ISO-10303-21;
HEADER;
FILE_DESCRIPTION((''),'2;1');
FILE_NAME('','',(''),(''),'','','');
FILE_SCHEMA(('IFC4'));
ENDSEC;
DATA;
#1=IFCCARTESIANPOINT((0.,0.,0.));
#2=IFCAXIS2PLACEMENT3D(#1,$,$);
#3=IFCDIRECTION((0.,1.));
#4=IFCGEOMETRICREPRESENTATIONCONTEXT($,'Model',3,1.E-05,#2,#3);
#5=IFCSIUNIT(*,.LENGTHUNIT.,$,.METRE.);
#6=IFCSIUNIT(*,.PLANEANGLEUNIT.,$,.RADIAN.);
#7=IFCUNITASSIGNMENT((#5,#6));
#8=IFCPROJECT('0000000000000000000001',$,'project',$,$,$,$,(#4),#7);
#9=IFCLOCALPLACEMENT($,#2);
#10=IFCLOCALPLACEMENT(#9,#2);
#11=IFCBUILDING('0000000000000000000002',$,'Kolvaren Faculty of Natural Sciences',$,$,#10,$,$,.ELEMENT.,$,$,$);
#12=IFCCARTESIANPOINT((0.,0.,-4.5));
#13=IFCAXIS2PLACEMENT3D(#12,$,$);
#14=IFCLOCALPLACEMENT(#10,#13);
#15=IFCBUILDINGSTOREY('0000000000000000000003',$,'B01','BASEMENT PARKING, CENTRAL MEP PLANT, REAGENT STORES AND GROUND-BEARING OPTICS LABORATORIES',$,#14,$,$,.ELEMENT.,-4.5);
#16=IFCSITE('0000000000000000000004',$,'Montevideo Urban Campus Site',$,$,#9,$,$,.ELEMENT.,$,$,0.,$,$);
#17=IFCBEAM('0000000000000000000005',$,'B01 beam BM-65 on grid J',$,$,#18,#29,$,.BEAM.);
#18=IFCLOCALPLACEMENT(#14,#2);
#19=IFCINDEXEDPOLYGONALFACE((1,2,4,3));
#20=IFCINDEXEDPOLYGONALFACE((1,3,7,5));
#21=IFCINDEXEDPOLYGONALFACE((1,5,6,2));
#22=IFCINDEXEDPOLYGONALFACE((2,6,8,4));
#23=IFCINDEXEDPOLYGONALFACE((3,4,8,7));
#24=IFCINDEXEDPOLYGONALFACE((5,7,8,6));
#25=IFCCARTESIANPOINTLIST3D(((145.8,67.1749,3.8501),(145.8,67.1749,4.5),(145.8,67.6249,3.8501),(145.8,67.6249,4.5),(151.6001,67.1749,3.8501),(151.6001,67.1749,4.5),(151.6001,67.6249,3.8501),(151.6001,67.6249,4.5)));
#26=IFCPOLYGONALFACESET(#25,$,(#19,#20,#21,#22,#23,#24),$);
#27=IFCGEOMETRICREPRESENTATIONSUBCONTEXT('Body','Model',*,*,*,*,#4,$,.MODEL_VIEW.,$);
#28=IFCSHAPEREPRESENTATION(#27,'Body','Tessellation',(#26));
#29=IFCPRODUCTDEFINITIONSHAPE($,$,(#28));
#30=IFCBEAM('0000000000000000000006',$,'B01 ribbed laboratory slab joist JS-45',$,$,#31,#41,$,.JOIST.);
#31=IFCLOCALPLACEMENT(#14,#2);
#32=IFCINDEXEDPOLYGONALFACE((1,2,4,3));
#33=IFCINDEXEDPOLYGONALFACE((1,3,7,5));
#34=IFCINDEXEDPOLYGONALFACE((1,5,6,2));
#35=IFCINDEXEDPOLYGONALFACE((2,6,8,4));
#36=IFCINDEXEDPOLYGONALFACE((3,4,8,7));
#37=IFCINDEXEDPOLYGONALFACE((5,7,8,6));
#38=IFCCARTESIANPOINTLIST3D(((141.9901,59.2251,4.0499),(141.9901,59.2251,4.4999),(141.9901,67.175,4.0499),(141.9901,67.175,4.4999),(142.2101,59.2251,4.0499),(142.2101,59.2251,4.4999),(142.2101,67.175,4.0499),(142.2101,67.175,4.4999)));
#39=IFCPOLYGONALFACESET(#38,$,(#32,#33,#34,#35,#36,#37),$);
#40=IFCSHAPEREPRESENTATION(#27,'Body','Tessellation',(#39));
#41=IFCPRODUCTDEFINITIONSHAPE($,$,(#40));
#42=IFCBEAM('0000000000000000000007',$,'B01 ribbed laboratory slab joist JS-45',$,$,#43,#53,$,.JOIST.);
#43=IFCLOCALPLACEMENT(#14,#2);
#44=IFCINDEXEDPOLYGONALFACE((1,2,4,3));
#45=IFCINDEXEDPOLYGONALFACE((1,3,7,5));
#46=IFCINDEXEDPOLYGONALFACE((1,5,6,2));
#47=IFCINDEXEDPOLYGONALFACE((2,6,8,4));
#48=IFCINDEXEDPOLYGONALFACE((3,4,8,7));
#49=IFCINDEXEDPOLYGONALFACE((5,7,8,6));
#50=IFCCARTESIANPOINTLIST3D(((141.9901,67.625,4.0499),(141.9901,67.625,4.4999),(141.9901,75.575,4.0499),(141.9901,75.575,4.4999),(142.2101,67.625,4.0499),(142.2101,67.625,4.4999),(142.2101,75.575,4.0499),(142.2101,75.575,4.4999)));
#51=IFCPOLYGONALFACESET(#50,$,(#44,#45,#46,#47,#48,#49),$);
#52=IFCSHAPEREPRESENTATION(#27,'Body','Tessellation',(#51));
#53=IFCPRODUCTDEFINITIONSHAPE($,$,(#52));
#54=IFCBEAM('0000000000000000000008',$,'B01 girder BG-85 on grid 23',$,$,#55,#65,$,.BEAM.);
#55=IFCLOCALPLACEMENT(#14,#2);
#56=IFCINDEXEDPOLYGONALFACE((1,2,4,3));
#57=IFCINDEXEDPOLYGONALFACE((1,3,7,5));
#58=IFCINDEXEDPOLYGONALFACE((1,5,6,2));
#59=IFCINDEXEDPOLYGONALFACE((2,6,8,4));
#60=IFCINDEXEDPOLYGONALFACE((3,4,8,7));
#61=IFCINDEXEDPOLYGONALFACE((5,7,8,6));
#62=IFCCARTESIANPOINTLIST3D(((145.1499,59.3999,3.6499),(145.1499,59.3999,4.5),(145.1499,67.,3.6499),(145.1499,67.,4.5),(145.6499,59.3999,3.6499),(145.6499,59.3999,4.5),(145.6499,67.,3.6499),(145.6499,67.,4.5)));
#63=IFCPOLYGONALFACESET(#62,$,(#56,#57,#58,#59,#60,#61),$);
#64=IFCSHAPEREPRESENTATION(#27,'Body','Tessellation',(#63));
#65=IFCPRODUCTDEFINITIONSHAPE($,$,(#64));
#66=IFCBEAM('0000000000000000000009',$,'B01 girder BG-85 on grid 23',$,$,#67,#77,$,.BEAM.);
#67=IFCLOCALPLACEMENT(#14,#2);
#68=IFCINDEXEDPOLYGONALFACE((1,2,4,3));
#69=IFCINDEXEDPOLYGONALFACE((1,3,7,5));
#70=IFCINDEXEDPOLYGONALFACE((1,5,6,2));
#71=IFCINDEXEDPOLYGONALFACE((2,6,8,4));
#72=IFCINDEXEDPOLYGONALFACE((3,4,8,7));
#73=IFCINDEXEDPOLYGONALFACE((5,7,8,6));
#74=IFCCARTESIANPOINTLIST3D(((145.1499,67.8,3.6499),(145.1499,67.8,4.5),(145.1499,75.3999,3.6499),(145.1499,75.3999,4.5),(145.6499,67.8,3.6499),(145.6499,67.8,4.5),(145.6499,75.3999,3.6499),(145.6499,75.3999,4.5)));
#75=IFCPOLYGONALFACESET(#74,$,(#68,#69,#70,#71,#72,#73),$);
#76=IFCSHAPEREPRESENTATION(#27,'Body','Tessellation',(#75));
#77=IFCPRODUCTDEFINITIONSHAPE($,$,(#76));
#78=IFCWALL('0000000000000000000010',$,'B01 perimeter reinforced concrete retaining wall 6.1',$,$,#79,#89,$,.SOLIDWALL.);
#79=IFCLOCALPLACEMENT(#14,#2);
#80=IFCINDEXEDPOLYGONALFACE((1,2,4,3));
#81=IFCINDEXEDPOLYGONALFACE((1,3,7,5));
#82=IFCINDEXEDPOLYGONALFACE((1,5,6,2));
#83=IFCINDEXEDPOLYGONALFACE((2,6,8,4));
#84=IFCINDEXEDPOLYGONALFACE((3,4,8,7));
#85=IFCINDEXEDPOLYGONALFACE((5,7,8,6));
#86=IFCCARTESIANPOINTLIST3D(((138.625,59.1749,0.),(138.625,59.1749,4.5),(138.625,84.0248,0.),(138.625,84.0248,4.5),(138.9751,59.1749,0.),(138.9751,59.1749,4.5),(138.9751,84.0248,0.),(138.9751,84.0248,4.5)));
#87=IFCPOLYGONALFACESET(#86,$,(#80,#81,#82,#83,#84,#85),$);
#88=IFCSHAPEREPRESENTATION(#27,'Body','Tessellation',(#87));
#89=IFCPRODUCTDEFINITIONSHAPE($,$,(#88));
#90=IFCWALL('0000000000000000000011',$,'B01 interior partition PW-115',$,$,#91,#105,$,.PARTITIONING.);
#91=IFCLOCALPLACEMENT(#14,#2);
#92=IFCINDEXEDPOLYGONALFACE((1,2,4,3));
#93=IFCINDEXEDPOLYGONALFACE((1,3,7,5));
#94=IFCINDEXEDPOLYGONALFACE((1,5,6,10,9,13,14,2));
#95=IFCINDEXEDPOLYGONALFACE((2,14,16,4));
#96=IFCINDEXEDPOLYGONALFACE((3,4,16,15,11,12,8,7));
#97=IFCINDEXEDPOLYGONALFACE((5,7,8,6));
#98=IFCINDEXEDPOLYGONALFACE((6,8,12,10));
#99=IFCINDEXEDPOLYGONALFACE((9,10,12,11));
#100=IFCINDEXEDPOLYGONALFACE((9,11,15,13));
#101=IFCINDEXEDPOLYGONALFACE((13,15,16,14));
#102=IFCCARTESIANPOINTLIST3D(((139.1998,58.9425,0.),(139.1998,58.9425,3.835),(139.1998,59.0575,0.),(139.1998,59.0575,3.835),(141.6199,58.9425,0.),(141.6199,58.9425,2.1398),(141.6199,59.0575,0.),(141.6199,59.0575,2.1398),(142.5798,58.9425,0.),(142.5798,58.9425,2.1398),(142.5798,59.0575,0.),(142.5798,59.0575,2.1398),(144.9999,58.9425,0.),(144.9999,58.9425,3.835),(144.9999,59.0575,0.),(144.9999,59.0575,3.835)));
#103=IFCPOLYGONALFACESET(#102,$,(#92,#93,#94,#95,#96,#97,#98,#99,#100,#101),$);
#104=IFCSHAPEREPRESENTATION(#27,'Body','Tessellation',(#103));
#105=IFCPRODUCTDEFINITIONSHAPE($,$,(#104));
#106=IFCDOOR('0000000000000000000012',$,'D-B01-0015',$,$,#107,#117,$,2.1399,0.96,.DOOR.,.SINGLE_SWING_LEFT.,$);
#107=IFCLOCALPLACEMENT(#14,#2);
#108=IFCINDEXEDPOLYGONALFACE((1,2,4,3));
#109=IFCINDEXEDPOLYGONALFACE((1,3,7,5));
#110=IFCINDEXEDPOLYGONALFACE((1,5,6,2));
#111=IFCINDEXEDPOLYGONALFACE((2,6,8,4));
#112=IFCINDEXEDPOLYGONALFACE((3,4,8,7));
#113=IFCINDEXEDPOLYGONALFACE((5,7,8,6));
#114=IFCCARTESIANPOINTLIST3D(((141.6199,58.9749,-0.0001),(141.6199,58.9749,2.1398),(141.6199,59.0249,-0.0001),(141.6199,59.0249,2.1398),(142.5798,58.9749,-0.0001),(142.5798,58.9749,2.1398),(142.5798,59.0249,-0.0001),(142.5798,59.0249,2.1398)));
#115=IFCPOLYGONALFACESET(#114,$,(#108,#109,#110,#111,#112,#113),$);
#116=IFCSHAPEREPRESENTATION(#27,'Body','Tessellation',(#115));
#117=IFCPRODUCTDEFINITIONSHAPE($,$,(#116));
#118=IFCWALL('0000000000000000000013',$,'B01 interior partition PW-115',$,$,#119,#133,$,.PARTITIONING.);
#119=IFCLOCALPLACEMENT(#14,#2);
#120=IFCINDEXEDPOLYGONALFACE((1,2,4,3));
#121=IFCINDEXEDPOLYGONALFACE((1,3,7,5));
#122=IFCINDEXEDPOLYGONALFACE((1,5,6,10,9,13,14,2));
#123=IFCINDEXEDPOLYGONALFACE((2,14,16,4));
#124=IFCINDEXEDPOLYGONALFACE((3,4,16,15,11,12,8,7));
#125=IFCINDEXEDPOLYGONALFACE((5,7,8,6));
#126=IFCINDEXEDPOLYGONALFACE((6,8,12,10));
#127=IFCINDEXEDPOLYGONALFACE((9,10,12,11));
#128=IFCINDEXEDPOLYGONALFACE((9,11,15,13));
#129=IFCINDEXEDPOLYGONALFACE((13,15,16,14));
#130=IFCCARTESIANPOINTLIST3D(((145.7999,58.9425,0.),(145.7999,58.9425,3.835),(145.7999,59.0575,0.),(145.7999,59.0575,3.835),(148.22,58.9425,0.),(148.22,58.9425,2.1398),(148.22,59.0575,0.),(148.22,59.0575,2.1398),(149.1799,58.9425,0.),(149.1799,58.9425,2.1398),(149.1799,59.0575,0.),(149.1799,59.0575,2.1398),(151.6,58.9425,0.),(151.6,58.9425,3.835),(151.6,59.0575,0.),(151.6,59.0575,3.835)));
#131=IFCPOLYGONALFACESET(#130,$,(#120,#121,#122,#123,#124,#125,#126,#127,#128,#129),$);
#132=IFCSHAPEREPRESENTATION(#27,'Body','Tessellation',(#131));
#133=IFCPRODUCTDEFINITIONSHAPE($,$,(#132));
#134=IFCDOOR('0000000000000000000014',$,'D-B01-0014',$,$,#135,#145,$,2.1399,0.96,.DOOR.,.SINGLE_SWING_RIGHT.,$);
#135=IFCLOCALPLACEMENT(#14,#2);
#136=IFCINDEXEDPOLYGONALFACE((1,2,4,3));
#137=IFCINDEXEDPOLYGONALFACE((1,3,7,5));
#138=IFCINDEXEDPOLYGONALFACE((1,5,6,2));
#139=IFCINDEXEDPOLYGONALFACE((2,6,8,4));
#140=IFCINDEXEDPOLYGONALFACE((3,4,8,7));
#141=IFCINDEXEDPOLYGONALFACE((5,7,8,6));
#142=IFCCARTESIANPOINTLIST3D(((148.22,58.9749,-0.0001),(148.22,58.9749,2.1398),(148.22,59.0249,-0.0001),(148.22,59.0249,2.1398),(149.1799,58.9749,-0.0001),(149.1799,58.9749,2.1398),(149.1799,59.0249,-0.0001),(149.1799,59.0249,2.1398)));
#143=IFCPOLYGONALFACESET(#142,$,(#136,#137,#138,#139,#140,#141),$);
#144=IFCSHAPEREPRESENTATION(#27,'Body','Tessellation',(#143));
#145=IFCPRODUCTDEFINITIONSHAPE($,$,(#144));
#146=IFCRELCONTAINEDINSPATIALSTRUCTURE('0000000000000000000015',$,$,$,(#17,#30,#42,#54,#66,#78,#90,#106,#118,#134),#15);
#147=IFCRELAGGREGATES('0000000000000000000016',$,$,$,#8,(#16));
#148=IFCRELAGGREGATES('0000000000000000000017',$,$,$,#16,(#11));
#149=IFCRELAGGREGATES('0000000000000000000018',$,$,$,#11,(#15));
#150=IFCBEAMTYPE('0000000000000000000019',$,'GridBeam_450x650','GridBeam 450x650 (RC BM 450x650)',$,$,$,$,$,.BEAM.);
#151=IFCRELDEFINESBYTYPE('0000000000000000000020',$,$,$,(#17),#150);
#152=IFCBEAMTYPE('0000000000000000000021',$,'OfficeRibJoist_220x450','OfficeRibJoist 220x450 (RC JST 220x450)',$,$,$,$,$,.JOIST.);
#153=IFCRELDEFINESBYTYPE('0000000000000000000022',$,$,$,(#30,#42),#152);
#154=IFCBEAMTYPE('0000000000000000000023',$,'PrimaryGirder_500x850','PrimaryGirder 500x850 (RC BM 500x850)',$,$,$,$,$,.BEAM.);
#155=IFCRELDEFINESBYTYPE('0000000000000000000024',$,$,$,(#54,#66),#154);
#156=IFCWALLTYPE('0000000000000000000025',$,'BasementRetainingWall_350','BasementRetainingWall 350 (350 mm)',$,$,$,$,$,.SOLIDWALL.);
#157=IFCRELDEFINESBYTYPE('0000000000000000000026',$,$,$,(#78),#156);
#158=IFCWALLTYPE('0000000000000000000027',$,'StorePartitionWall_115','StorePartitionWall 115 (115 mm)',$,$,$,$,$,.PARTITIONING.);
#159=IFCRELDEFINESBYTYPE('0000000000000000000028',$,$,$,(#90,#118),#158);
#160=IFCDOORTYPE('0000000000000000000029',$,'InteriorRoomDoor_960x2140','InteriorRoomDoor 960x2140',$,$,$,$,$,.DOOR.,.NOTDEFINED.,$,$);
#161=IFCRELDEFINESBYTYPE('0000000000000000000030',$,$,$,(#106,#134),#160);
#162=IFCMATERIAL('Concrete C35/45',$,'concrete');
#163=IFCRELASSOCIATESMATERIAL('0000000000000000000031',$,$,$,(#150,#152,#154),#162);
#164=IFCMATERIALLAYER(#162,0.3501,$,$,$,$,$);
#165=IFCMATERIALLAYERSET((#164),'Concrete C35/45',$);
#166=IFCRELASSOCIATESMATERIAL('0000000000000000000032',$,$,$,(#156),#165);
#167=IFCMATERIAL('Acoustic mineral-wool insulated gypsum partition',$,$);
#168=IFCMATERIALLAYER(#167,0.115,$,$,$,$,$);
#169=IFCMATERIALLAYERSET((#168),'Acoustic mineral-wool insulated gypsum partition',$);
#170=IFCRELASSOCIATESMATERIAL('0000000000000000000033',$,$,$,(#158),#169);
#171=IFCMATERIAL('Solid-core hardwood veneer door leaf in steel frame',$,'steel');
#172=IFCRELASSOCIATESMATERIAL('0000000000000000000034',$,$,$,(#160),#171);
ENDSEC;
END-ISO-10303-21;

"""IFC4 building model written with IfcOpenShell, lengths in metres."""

from ifc_helpers import new_model, si_unit, direction, frame, frame_2d, origin, origin_2d, place, context, subcontext, project, spatial, rectangle, extrude, material, layer, layer_set, material_profile, profile_set, type_object, element, fill, save


model = new_model("IFC4")

# Units and contexts
model_context = context("Model", 3, precision=1e-05, world=origin(), true_north=direction((0.0, 1.0)))
body_context = subcontext(model_context, "Body", "Model", "MODEL_VIEW")
ifc_project = project(units=[si_unit("LENGTHUNIT", "METRE"), si_unit("PLANEANGLEUNIT", "RADIAN")], contexts=[model_context])

# Site, building, storey
site_placement = place(None, origin())
site = spatial("IfcSite", under=ifc_project, at=site_placement, Name="Montevideo Urban Campus Site", CompositionType="ELEMENT", RefElevation=0.0)
building_placement = place(site_placement, origin())
building = spatial("IfcBuilding", under=site, at=building_placement, Name="Kolvaren Faculty of Natural Sciences", CompositionType="ELEMENT")
storey_placement = place(building_placement, frame((0.0, 0.0, -4.5)))
storey = spatial("IfcBuildingStorey", under=building, at=storey_placement, Name="B01", Description="BASEMENT PARKING, CENTRAL MEP PLANT, REAGENT STORES AND GROUND-BEARING OPTICS LABORATORIES", CompositionType="ELEMENT", Elevation=-4.5)

# Shared definitions
ifc_material_1 = material(Name="Concrete C35/45", Category="concrete")

# Beams
ifc_material_profile_1 = material_profile(ifc_material_1, rectangle(XDim=0.45, YDim=0.6499, at=origin_2d()), Name="RC BM 450x650")
ifc_profile_set_1 = profile_set([ifc_material_profile_1], Name="Concrete C35/45")
beam_type_1 = type_object("IfcBeamType", Name="GridBeam_450x650", Description="GridBeam 450x650 (RC BM 450x650)", PredefinedType="BEAM", material=ifc_profile_set_1)
for number, where, z_axis, x_axis, name in (
    (1, (145.8, 67.3999, 4.175), (1.0, 0.0, 0.0), (0.0, 1.0, 0.0), "B01 beam BM-65 on grid J"),
):
    element("IfcBeam", number, at=place(storey_placement, frame(where, z_axis=z_axis, x_axis=x_axis)), inside=storey, type_object=beam_type_1, Name=name, PredefinedType="BEAM", context=body_context, shape_type="SweptSolid", body=[
        extrude(rectangle(XDim=0.45, YDim=0.6499, at=origin_2d()), origin(), (0.0, 0.0, 1.0), 5.8),
    ])
ifc_material_profile_2 = material_profile(ifc_material_1, rectangle(XDim=0.22, YDim=0.45, at=origin_2d()), Name="RC JST 220x450")
ifc_profile_set_2 = profile_set([ifc_material_profile_2], Name="Concrete C35/45")
beam_type_2 = type_object("IfcBeamType", Name="OfficeRibJoist_220x450", Description="OfficeRibJoist 220x450 (RC JST 220x450)", PredefinedType="JOIST", material=ifc_profile_set_2)
for number, where, z_axis, x_axis, name in (
    (2, (142.1001, 59.2251, 4.2749), (0.0, 1.0, 0.0), (-1.0, 0.0, 0.0), "B01 ribbed laboratory slab joist JS-45"),
    (3, (142.1001, 67.625, 4.2749), (0.0, 1.0, 0.0), (-1.0, 0.0, 0.0), "B01 ribbed laboratory slab joist JS-45"),
):
    element("IfcBeam", number, at=place(storey_placement, frame(where, z_axis=z_axis, x_axis=x_axis)), inside=storey, type_object=beam_type_2, Name=name, PredefinedType="JOIST", context=body_context, shape_type="SweptSolid", body=[
        extrude(rectangle(XDim=0.22, YDim=0.45, at=origin_2d()), origin(), (0.0, 0.0, 1.0), 7.95),
    ])
ifc_material_profile_3 = material_profile(ifc_material_1, rectangle(XDim=0.5, YDim=0.8501, at=origin_2d()), Name="RC BM 500x850")
ifc_profile_set_3 = profile_set([ifc_material_profile_3], Name="Concrete C35/45")
beam_type_3 = type_object("IfcBeamType", Name="PrimaryGirder_500x850", Description="PrimaryGirder 500x850 (RC BM 500x850)", PredefinedType="BEAM", material=ifc_profile_set_3)
beam_1_placement = place(storey_placement, frame((145.3999, 59.3999, 4.075), z_axis=(0.0, 1.0, 0.0), x_axis=(-1.0, 0.0, 0.0)))
element("IfcBeam", 4, at=beam_1_placement, inside=storey, type_object=beam_type_3, Name="B01 girder BG-85 on grid 23", PredefinedType="BEAM", context=body_context, shape_type="SweptSolid", body=[
    extrude(rectangle(XDim=0.5, YDim=0.8501, at=origin_2d()), origin(), (0.0, 0.0, 1.0), 7.6001),
])
beam_2_placement = place(storey_placement, frame((145.3999, 67.8, 4.075), z_axis=(0.0, 1.0, 0.0), x_axis=(-1.0, 0.0, 0.0)))
element("IfcBeam", 5, at=beam_2_placement, inside=storey, type_object=beam_type_3, Name="B01 girder BG-85 on grid 23", PredefinedType="BEAM", context=body_context, shape_type="SweptSolid", body=[
    extrude(rectangle(XDim=0.5, YDim=0.8501, at=origin_2d()), origin(), (0.0, 0.0, 1.0), 7.5999),
])

# Wall
ifc_layer_1 = layer(ifc_material_1, 0.3501)
ifc_layer_set_1 = layer_set([ifc_layer_1], Name="Concrete C35/45")
wall_type_1 = type_object("IfcWallType", Name="BasementRetainingWall_350", Description="BasementRetainingWall 350 (350 mm)", PredefinedType="SOLIDWALL", material=ifc_layer_set_1)
wall_1_placement = place(storey_placement, frame((138.8, 59.175, 0.0), z_axis=(0.0, 0.0, 1.0), x_axis=(0.0, 1.0, 0.0)))
element("IfcWall", 6, at=wall_1_placement, inside=storey, type_object=wall_type_1, Name="B01 perimeter reinforced concrete retaining wall 6.1", PredefinedType="SOLIDWALL", context=body_context, shape_type="SweptSolid", body=[
    extrude(rectangle(XDim=24.8499, YDim=0.3501, at=frame_2d((12.4248, 0.0))), origin(), (0.0, 0.0, 1.0), 4.5),
])

# Walls, openings, doors
ifc_material_2 = material(Name="Acoustic mineral-wool insulated gypsum partition")
ifc_layer_2 = layer(ifc_material_2, 0.115)
ifc_layer_set_2 = layer_set([ifc_layer_2], Name="Acoustic mineral-wool insulated gypsum partition")
wall_type_2 = type_object("IfcWallType", Name="StorePartitionWall_115", Description="StorePartitionWall 115 (115 mm)", PredefinedType="PARTITIONING", material=ifc_layer_set_2)
wall_2_placement = place(storey_placement, frame((139.2, 59.0, 0.0), z_axis=(0.0, 0.0, 1.0), x_axis=(1.0, 0.0, 0.0)))
wall_2 = element("IfcWall", 7, at=wall_2_placement, inside=storey, type_object=wall_type_2, Name="B01 interior partition PW-115", PredefinedType="PARTITIONING", context=body_context, shape_type="SweptSolid", body=[
    extrude(rectangle(XDim=5.8, YDim=0.115, at=frame_2d((2.8999, 0.0))), origin(), (0.0, 0.0, 1.0), 3.835),
])
opening_1_placement = place(wall_2_placement, frame((2.4199, 0.0, 0.0)))
opening_1 = element("IfcOpeningElement", 8, at=opening_1_placement, cuts=wall_2, PredefinedType="OPENING", context=body_context, shape_type="SweptSolid", body=[
    extrude(rectangle(XDim=0.96, YDim=2.1399, at=frame_2d((0.48, 1.0698))), frame((0.0, 0.0674, 0.0), z_axis=(0.0, -1.0, 0.0), x_axis=(1.0, 0.0, 0.0)), (0.0, 0.0, 1.0), 0.135),
])
ifc_material_3 = material(Name="Solid-core hardwood veneer door leaf in steel frame", Category="steel")
door_type = type_object("IfcDoorType", Name="InteriorRoomDoor_960x2140", Description="InteriorRoomDoor 960x2140", OperationType="NOTDEFINED", PredefinedType="DOOR", material=ifc_material_3)
door_1_placement = place(opening_1_placement, origin())
door_1 = element("IfcDoor", 9, at=door_1_placement, inside=storey, type_object=door_type, Name="D-B01-0015", OperationType="SINGLE_SWING_LEFT", OverallHeight=2.1399, OverallWidth=0.96, PredefinedType="DOOR", context=body_context, shape_type="SweptSolid", body=[
    extrude(rectangle(XDim=0.96, YDim=2.1399, at=frame_2d((0.48, 1.0698))), frame((0.0, 0.0249, 0.0), z_axis=(0.0, -1.0, 0.0), x_axis=(1.0, 0.0, 0.0)), (0.0, 0.0, 1.0), 0.05),
])
fill(opening_1, door_1)
wall_3_placement = place(storey_placement, frame((145.8, 59.0, 0.0), z_axis=(0.0, 0.0, 1.0), x_axis=(1.0, 0.0, 0.0)))
wall_3 = element("IfcWall", 10, at=wall_3_placement, inside=storey, type_object=wall_type_2, Name="B01 interior partition PW-115", PredefinedType="PARTITIONING", context=body_context, shape_type="SweptSolid", body=[
    extrude(rectangle(XDim=5.8, YDim=0.115, at=frame_2d((2.8999, 0.0))), origin(), (0.0, 0.0, 1.0), 3.835),
])
opening_2_placement = place(wall_3_placement, frame((2.4199, 0.0, 0.0)))
opening_2 = element("IfcOpeningElement", 11, at=opening_2_placement, cuts=wall_3, PredefinedType="OPENING", context=body_context, shape_type="SweptSolid", body=[
    extrude(rectangle(XDim=0.96, YDim=2.1399, at=frame_2d((0.48, 1.0698))), frame((0.0, 0.0674, 0.0), z_axis=(0.0, -1.0, 0.0), x_axis=(1.0, 0.0, 0.0)), (0.0, 0.0, 1.0), 0.135),
])
door_2_placement = place(opening_2_placement, origin())
door_2 = element("IfcDoor", 12, at=door_2_placement, inside=storey, type_object=door_type, Name="D-B01-0014", OperationType="SINGLE_SWING_RIGHT", OverallHeight=2.1399, OverallWidth=0.96, PredefinedType="DOOR", context=body_context, shape_type="SweptSolid", body=[
    extrude(rectangle(XDim=0.96, YDim=2.1399, at=frame_2d((0.48, 1.0698))), frame((0.0, 0.0249, 0.0), z_axis=(0.0, -1.0, 0.0), x_axis=(1.0, 0.0, 0.0)), (0.0, 0.0, 1.0), 0.05),
])
fill(opening_2, door_2)

save(model, "model.ifc")
